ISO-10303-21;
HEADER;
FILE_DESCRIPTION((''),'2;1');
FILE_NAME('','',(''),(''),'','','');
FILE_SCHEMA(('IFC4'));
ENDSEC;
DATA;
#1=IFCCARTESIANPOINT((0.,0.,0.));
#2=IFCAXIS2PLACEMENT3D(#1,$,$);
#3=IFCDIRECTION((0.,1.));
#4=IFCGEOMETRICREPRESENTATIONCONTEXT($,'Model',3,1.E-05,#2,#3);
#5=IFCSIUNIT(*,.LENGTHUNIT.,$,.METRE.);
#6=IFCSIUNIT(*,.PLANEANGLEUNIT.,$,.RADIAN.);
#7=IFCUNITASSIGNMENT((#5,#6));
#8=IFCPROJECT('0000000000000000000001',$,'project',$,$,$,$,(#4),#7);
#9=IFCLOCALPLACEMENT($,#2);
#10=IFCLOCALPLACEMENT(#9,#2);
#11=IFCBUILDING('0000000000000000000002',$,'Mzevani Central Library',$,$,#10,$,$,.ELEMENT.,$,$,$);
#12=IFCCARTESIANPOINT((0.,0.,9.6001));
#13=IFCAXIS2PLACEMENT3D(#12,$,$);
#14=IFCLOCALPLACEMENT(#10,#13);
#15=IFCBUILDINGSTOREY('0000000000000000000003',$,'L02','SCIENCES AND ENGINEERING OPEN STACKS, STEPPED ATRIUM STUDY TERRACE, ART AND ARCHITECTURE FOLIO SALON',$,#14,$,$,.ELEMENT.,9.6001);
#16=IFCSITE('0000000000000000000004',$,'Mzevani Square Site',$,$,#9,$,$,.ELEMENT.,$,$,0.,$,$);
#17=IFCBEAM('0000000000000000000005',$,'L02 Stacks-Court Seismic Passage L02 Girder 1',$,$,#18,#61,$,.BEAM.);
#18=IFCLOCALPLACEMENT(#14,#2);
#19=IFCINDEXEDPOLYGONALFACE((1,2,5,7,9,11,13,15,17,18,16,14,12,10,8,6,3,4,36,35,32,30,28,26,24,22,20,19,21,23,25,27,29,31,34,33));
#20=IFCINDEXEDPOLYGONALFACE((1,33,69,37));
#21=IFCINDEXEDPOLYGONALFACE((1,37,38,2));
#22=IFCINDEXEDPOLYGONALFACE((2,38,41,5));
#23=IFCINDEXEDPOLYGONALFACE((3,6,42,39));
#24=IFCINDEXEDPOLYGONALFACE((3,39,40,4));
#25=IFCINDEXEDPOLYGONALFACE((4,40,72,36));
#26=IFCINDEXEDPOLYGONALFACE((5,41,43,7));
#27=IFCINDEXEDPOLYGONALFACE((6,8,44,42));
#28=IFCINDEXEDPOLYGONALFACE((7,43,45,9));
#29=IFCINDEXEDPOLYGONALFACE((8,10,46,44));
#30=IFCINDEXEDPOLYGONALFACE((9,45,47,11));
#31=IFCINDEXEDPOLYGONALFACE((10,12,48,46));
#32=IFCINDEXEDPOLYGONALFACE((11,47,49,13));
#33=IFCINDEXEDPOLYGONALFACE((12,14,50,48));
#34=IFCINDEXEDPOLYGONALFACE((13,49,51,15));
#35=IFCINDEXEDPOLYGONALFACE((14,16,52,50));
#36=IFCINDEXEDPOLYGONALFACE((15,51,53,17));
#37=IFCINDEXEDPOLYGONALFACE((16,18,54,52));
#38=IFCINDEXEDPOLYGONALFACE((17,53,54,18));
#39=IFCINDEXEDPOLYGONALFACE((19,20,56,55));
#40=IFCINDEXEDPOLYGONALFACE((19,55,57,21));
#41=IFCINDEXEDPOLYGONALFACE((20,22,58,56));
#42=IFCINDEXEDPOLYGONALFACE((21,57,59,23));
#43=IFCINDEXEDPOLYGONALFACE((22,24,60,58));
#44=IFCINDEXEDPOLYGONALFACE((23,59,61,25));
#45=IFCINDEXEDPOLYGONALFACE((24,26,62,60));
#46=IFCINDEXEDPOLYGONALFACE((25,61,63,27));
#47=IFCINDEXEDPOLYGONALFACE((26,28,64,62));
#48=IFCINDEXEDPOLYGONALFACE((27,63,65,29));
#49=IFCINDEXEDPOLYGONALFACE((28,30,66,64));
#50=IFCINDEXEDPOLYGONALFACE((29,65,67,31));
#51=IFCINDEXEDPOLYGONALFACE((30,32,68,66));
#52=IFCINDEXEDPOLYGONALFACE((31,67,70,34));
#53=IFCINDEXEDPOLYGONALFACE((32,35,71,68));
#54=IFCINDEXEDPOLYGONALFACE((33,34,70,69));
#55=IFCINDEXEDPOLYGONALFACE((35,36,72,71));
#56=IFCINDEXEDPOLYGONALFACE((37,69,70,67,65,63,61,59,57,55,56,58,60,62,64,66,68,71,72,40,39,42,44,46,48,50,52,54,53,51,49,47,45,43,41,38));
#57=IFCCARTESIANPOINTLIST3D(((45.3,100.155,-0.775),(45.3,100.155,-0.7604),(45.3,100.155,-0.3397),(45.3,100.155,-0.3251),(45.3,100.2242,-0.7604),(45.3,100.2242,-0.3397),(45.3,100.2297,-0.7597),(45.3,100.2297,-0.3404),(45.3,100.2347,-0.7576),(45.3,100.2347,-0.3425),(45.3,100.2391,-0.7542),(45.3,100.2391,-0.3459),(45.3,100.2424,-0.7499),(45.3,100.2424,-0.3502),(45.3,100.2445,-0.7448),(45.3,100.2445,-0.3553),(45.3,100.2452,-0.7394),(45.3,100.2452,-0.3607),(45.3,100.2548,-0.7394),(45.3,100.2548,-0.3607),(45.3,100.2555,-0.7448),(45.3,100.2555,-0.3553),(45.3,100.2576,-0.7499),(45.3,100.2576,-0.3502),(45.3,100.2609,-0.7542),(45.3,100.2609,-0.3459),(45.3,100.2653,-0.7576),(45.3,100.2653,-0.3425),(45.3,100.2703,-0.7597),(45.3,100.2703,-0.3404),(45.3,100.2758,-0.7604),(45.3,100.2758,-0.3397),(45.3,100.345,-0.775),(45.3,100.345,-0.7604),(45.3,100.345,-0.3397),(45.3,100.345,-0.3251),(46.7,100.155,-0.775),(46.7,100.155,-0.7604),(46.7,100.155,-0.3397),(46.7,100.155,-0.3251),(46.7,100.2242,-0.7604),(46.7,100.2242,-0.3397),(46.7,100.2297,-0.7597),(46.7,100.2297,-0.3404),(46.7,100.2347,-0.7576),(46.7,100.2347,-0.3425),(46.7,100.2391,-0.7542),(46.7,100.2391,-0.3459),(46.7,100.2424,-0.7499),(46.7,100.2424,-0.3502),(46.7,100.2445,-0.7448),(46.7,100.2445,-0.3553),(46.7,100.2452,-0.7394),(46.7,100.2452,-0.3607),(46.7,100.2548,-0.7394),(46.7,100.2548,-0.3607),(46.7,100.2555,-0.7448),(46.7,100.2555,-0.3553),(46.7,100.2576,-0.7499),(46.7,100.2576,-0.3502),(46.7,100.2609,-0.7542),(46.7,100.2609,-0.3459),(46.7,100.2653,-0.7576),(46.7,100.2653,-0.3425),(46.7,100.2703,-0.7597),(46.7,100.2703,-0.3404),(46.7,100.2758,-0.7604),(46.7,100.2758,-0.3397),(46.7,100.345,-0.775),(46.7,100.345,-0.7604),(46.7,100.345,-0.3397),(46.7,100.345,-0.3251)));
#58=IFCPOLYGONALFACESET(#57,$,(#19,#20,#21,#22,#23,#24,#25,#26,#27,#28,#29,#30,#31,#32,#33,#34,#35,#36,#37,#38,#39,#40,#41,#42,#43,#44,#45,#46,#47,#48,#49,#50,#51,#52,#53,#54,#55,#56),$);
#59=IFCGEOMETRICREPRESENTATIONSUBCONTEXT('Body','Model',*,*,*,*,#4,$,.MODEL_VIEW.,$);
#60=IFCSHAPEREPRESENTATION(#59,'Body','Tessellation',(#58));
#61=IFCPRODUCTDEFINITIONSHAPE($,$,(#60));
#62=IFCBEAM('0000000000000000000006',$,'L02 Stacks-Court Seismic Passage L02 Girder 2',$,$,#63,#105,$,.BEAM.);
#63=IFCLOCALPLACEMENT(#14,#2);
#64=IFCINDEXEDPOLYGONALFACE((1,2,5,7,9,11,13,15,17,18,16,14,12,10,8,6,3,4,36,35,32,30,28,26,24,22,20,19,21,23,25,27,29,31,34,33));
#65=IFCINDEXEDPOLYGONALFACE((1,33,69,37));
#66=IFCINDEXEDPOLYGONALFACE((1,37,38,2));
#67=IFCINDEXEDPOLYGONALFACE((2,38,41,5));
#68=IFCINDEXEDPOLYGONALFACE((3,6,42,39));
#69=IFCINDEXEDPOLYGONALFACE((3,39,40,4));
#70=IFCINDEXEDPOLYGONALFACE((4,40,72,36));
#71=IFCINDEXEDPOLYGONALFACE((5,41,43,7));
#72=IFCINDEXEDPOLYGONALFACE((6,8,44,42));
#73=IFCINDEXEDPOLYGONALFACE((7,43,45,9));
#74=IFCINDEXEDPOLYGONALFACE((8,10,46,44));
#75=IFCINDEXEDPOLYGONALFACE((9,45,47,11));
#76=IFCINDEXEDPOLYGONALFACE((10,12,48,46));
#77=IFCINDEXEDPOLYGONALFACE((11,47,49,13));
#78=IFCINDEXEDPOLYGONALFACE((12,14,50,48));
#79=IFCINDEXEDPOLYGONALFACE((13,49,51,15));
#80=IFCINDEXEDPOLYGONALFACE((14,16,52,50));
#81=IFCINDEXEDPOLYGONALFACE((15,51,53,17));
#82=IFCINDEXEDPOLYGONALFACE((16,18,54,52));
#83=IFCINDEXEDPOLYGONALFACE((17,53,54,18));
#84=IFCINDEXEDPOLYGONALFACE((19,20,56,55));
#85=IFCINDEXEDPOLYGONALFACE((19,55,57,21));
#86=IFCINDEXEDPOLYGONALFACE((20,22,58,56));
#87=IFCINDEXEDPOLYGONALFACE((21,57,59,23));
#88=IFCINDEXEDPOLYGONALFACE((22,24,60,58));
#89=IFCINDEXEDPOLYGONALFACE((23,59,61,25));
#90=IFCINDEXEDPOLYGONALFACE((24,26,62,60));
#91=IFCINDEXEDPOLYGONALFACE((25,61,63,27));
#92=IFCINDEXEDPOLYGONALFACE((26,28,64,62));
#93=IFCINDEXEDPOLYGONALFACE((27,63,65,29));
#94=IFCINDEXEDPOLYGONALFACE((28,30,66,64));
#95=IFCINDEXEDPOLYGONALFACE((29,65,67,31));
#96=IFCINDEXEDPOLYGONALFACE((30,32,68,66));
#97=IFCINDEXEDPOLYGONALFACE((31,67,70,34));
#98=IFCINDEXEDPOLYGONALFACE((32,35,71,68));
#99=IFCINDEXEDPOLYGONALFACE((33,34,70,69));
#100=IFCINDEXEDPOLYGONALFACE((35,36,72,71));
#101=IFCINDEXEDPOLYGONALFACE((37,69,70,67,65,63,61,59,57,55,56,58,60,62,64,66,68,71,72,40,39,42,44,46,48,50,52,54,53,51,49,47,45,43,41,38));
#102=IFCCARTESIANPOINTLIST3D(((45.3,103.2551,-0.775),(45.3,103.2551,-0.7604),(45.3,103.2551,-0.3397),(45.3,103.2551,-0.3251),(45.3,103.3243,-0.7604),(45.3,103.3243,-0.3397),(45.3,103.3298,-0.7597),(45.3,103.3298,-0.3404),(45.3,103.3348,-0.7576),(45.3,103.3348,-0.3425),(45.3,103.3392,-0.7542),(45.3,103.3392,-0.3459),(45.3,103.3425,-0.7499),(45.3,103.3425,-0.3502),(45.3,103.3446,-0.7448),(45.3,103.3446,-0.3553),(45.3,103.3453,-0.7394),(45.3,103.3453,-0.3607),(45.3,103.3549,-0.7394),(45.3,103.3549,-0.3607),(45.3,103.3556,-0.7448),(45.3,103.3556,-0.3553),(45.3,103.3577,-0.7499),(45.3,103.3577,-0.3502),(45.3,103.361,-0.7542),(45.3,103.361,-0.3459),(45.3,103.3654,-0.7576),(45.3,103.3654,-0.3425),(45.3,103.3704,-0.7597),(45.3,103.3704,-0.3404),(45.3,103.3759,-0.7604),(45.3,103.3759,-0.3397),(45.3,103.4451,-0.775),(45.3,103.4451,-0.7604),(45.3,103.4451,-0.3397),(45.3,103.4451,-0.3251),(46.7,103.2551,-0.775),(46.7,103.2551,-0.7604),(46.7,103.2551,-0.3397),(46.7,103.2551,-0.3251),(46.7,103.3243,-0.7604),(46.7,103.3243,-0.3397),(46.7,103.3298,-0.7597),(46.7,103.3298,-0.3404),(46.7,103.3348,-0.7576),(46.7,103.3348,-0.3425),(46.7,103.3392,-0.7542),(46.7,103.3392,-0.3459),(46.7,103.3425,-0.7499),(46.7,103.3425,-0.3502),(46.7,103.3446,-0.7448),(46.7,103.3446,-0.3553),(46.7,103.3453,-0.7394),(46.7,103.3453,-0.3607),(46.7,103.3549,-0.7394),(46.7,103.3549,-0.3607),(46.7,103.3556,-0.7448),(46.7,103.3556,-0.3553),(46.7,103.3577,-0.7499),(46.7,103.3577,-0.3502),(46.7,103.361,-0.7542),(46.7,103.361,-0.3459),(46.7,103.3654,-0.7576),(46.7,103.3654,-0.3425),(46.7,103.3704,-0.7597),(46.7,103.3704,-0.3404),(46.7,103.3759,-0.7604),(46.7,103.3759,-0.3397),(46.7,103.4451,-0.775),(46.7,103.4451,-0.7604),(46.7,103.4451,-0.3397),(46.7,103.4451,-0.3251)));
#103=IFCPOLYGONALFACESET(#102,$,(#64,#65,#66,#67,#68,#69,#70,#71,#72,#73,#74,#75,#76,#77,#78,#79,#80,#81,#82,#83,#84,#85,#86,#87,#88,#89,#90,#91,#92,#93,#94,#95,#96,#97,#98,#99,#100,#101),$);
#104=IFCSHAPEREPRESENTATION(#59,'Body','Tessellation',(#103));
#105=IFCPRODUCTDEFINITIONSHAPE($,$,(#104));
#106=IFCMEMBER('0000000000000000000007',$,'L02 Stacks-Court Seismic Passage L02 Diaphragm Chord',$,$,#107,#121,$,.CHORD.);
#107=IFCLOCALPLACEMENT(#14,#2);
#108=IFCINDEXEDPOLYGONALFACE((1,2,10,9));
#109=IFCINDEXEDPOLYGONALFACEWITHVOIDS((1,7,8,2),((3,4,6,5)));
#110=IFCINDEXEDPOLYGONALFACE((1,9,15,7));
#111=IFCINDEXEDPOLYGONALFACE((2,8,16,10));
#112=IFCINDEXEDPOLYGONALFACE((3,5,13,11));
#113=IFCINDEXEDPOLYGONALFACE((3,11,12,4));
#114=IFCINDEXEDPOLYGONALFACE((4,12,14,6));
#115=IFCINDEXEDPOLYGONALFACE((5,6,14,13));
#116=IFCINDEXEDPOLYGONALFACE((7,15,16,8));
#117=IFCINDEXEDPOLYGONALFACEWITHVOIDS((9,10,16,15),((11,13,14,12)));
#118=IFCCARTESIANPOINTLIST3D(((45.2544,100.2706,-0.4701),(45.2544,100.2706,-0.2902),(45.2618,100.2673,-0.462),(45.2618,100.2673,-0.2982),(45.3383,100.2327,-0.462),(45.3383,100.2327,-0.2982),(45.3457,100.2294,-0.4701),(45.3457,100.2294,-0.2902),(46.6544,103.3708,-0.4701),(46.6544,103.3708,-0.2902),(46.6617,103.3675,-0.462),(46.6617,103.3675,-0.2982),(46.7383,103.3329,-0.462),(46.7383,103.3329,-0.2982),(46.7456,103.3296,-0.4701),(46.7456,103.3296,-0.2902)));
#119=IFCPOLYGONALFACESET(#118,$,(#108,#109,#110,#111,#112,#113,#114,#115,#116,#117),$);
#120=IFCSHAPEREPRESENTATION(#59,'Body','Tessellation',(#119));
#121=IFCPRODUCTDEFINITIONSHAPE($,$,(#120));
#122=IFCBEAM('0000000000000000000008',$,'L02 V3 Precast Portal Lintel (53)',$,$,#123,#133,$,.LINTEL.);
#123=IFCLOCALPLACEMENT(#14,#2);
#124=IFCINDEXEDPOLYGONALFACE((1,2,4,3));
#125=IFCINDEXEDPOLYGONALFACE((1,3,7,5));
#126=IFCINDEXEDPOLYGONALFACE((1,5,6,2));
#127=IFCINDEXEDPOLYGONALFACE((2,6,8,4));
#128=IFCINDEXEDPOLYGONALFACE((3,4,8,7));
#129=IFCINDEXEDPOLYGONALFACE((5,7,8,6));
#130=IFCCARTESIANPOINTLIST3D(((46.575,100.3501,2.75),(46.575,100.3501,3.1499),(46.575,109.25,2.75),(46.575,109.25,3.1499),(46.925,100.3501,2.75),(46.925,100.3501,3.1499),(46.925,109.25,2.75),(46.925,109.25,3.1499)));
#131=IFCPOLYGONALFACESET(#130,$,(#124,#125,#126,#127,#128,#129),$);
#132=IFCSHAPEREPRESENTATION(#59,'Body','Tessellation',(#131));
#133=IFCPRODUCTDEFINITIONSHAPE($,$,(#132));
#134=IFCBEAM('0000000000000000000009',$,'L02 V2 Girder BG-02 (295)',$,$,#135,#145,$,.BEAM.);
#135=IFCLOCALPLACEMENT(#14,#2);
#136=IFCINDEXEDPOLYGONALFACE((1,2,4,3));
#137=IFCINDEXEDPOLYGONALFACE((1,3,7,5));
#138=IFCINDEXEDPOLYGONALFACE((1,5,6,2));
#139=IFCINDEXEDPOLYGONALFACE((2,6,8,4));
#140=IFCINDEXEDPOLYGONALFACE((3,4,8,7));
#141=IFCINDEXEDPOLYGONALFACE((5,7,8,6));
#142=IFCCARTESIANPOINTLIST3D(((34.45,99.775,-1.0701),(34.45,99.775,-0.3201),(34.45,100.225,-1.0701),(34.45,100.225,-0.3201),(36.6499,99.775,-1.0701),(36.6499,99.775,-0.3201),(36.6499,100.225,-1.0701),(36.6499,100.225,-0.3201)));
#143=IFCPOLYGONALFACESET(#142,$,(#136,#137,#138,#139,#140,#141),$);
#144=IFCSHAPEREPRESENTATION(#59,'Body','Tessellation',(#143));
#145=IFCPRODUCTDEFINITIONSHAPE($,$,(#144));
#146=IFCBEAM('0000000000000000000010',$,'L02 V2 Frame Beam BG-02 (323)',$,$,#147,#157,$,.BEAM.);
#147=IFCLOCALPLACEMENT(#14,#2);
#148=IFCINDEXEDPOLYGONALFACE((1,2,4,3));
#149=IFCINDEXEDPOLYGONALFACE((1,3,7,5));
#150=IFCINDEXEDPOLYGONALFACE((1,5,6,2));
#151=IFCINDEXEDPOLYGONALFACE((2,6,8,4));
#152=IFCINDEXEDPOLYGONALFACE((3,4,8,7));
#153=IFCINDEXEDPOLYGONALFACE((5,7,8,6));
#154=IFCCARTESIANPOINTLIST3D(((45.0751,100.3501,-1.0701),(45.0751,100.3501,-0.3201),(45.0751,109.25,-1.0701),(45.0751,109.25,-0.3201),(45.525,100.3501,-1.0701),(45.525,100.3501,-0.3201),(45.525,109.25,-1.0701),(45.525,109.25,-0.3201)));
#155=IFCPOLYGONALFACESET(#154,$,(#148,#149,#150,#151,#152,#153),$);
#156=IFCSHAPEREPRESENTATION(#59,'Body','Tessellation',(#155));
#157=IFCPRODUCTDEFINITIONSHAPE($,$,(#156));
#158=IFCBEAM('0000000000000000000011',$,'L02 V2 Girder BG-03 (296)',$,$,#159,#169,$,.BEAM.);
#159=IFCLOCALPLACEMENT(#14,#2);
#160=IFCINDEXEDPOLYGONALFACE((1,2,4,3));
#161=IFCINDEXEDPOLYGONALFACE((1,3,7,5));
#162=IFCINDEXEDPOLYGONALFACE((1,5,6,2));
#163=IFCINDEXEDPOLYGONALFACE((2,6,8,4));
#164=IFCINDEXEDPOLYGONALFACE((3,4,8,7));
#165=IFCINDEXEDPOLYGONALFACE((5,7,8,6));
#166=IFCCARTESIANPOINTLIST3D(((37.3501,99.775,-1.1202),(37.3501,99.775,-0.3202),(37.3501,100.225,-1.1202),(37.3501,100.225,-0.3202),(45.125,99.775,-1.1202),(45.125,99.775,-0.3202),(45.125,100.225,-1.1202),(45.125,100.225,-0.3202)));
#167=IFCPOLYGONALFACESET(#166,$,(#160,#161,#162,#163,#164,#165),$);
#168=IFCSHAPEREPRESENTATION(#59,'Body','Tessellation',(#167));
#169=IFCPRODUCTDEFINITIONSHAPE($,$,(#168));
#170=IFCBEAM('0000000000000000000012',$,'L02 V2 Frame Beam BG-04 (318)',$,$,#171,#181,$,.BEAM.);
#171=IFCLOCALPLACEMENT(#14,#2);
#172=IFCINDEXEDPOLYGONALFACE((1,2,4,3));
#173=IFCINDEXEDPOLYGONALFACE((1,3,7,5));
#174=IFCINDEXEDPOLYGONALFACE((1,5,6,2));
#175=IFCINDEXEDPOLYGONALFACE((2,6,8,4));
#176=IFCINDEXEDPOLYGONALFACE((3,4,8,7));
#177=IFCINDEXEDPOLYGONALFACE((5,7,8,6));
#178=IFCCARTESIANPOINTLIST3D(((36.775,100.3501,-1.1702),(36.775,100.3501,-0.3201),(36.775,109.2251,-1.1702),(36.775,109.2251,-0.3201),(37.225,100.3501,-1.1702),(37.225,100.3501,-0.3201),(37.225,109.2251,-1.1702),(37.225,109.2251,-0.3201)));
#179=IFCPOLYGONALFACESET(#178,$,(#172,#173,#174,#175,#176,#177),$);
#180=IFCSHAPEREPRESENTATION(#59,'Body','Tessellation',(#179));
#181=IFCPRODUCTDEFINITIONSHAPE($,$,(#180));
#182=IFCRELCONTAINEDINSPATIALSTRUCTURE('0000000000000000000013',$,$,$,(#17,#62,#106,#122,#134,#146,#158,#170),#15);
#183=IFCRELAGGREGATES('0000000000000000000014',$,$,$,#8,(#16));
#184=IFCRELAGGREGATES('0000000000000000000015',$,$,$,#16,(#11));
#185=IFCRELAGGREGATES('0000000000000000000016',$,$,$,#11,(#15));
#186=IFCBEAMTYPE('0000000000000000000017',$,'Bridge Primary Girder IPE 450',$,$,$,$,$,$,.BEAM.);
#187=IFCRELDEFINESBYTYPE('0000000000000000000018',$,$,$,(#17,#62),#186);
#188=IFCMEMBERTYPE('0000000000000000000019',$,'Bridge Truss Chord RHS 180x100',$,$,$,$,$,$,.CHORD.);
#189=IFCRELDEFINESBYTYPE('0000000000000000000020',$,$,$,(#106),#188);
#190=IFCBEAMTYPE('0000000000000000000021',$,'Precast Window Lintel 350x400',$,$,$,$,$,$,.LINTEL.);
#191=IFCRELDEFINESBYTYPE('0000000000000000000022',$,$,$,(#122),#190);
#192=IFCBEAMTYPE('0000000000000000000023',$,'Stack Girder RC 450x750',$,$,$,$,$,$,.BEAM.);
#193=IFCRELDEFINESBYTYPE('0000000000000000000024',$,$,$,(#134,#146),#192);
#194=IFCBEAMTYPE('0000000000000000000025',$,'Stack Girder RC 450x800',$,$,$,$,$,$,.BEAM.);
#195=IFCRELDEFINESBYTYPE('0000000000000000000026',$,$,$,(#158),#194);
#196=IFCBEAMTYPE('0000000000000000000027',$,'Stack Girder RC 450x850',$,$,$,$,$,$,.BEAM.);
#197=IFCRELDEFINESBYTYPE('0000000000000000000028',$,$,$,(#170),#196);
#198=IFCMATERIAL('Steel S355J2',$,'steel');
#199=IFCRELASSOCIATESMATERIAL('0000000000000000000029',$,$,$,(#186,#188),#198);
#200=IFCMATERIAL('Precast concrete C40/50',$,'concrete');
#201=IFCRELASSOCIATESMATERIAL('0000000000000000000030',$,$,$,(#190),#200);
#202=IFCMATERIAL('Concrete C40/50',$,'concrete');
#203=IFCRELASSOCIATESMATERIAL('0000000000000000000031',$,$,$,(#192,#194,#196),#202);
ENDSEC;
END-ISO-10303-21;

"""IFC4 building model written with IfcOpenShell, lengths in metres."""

from ifc_helpers import new_model, si_unit, direction, frame, origin, origin_2d, place, context, subcontext, project, spatial, rectangle, hollow_rectangle, i_section, extrude, material, material_profile, profile_set, type_object, element, save


model = new_model("IFC4")

# Units and contexts
model_context = context("Model", 3, precision=1e-05, world=origin(), true_north=direction((0.0, 1.0)))
body_context = subcontext(model_context, "Body", "Model", "MODEL_VIEW")
ifc_project = project(units=[si_unit("LENGTHUNIT", "METRE"), si_unit("PLANEANGLEUNIT", "RADIAN")], contexts=[model_context])

# Site, building, storey
site_placement = place(None, origin())
site = spatial("IfcSite", under=ifc_project, at=site_placement, Name="Mzevani Square Site", CompositionType="ELEMENT", RefElevation=0.0)
building_placement = place(site_placement, origin())
building = spatial("IfcBuilding", under=site, at=building_placement, Name="Mzevani Central Library", CompositionType="ELEMENT")
storey_placement = place(building_placement, frame((0.0, 0.0, 9.6001)))
storey = spatial("IfcBuildingStorey", under=building, at=storey_placement, Name="L02", Description="SCIENCES AND ENGINEERING OPEN STACKS, STEPPED ATRIUM STUDY TERRACE, ART AND ARCHITECTURE FOLIO SALON", CompositionType="ELEMENT", Elevation=9.6001)

# Shared definitions
ifc_material_1 = material(Name="Steel S355J2", Category="steel")
ifc_material_2 = material(Name="Concrete C40/50", Category="concrete")

# Beams
ifc_material_profile_1 = material_profile(ifc_material_1, i_section(OverallWidth=0.1899, OverallDepth=0.45, WebThickness=0.0095, FlangeThickness=0.0146, FilletRadius=0.021, at=origin_2d()), Name="IPE 450")
ifc_profile_set_1 = profile_set([ifc_material_profile_1], Name="Steel S355J2")
beam_type_1 = type_object("IfcBeamType", Name="Bridge Primary Girder IPE 450", PredefinedType="BEAM", material=ifc_profile_set_1)
for number, where, z_axis, x_axis, name in (
    (1, (45.3, 100.25, -0.55), (1.0, 0.0, 0.0), (0.0, 1.0, 0.0), "L02 Stacks-Court Seismic Passage L02 Girder 1"),
    (2, (45.3, 103.3501, -0.55), (1.0, 0.0, 0.0), (0.0, 1.0, 0.0), "L02 Stacks-Court Seismic Passage L02 Girder 2"),
):
    element("IfcBeam", number, at=place(storey_placement, frame(where, z_axis=z_axis, x_axis=x_axis)), inside=storey, type_object=beam_type_1, Name=name, PredefinedType="BEAM", context=body_context, shape_type="SweptSolid", body=[
        extrude(i_section(OverallWidth=0.1899, OverallDepth=0.45, WebThickness=0.0095, FlangeThickness=0.0146, FilletRadius=0.021, at=origin_2d()), origin(), (0.0, 0.0, 1.0), 1.3999),
    ])

# Member
ifc_material_profile_2 = material_profile(ifc_material_1, hollow_rectangle(XDim=0.1001, YDim=0.1799, WallThickness=0.0081, at=origin_2d()), Name="RHS 180x100x8.0")
ifc_profile_set_2 = profile_set([ifc_material_profile_2], Name="Steel S355J2")
member_type = type_object("IfcMemberType", Name="Bridge Truss Chord RHS 180x100", PredefinedType="CHORD", material=ifc_profile_set_2)
member_placement = place(storey_placement, frame((45.3, 100.25, -0.3801), z_axis=(0.411552, 0.911386, 0.0), x_axis=(-0.911386, 0.411552, 0.0)))
element("IfcMember", 3, at=member_placement, inside=storey, type_object=member_type, Name="L02 Stacks-Court Seismic Passage L02 Diaphragm Chord", PredefinedType="CHORD", context=body_context, shape_type="SweptSolid", body=[
    extrude(hollow_rectangle(XDim=0.1001, YDim=0.1799, WallThickness=0.0081, at=origin_2d()), origin(), (0.0, 0.0, 1.0), 3.4016),
])

# Beams
ifc_material_3 = material(Name="Precast concrete C40/50", Category="concrete")
ifc_material_profile_3 = material_profile(ifc_material_3, rectangle(XDim=0.3501, YDim=0.3999, at=origin_2d()), Name="PC LN350x400")
ifc_profile_set_3 = profile_set([ifc_material_profile_3], Name="Precast concrete C40/50")
beam_type_2 = type_object("IfcBeamType", Name="Precast Window Lintel 350x400", PredefinedType="LINTEL", material=ifc_profile_set_3)
beam_1_placement = place(storey_placement, frame((46.75, 100.3501, 2.95), z_axis=(0.0, 1.0, 0.0), x_axis=(-1.0, 0.0, 0.0)))
element("IfcBeam", 4, at=beam_1_placement, inside=storey, type_object=beam_type_2, Name="L02 V3 Precast Portal Lintel (53)", PredefinedType="LINTEL", context=body_context, shape_type="SweptSolid", body=[
    extrude(rectangle(XDim=0.3501, YDim=0.3999, at=origin_2d()), origin(), (0.0, 0.0, 1.0), 8.8999),
])
ifc_material_profile_4 = material_profile(ifc_material_2, rectangle(XDim=0.45, YDim=0.75, at=origin_2d()), Name="RC B450x750")
ifc_profile_set_4 = profile_set([ifc_material_profile_4], Name="Concrete C40/50")
beam_type_3 = type_object("IfcBeamType", Name="Stack Girder RC 450x750", PredefinedType="BEAM", material=ifc_profile_set_4)
beam_2_placement = place(storey_placement, frame((34.45, 100.0, -0.6951), z_axis=(1.0, 0.0, 0.0), x_axis=(0.0, 1.0, 0.0)))
element("IfcBeam", 5, at=beam_2_placement, inside=storey, type_object=beam_type_3, Name="L02 V2 Girder BG-02 (295)", PredefinedType="BEAM", context=body_context, shape_type="SweptSolid", body=[
    extrude(rectangle(XDim=0.45, YDim=0.75, at=origin_2d()), origin(), (0.0, 0.0, 1.0), 2.2),
])
beam_3_placement = place(storey_placement, frame((45.3, 100.3501, -0.6951), z_axis=(0.0, 1.0, 0.0), x_axis=(-1.0, 0.0, 0.0)))
element("IfcBeam", 6, at=beam_3_placement, inside=storey, type_object=beam_type_3, Name="L02 V2 Frame Beam BG-02 (323)", PredefinedType="BEAM", context=body_context, shape_type="SweptSolid", body=[
    extrude(rectangle(XDim=0.45, YDim=0.75, at=origin_2d()), origin(), (0.0, 0.0, 1.0), 8.8999),
])
ifc_material_profile_5 = material_profile(ifc_material_2, rectangle(XDim=0.45, YDim=0.8, at=origin_2d()), Name="RC B450x800")
ifc_profile_set_5 = profile_set([ifc_material_profile_5], Name="Concrete C40/50")
beam_type_4 = type_object("IfcBeamType", Name="Stack Girder RC 450x800", PredefinedType="BEAM", material=ifc_profile_set_5)
beam_4_placement = place(storey_placement, frame((37.3501, 100.0, -0.7202), z_axis=(1.0, 0.0, 0.0), x_axis=(0.0, 1.0, 0.0)))
element("IfcBeam", 7, at=beam_4_placement, inside=storey, type_object=beam_type_4, Name="L02 V2 Girder BG-03 (296)", PredefinedType="BEAM", context=body_context, shape_type="SweptSolid", body=[
    extrude(rectangle(XDim=0.45, YDim=0.8, at=origin_2d()), origin(), (0.0, 0.0, 1.0), 7.7749),
])
ifc_material_profile_6 = material_profile(ifc_material_2, rectangle(XDim=0.45, YDim=0.8501, at=origin_2d()), Name="RC B450x850")
ifc_profile_set_6 = profile_set([ifc_material_profile_6], Name="Concrete C40/50")
beam_type_5 = type_object("IfcBeamType", Name="Stack Girder RC 450x850", PredefinedType="BEAM", material=ifc_profile_set_6)
beam_5_placement = place(storey_placement, frame((37.0, 100.3501, -0.7451), z_axis=(0.0, 1.0, 0.0), x_axis=(-1.0, 0.0, 0.0)))
element("IfcBeam", 8, at=beam_5_placement, inside=storey, type_object=beam_type_5, Name="L02 V2 Frame Beam BG-04 (318)", PredefinedType="BEAM", context=body_context, shape_type="SweptSolid", body=[
    extrude(rectangle(XDim=0.45, YDim=0.8501, at=origin_2d()), origin(), (0.0, 0.0, 1.0), 8.875),
])

save(model, "model.ifc")
